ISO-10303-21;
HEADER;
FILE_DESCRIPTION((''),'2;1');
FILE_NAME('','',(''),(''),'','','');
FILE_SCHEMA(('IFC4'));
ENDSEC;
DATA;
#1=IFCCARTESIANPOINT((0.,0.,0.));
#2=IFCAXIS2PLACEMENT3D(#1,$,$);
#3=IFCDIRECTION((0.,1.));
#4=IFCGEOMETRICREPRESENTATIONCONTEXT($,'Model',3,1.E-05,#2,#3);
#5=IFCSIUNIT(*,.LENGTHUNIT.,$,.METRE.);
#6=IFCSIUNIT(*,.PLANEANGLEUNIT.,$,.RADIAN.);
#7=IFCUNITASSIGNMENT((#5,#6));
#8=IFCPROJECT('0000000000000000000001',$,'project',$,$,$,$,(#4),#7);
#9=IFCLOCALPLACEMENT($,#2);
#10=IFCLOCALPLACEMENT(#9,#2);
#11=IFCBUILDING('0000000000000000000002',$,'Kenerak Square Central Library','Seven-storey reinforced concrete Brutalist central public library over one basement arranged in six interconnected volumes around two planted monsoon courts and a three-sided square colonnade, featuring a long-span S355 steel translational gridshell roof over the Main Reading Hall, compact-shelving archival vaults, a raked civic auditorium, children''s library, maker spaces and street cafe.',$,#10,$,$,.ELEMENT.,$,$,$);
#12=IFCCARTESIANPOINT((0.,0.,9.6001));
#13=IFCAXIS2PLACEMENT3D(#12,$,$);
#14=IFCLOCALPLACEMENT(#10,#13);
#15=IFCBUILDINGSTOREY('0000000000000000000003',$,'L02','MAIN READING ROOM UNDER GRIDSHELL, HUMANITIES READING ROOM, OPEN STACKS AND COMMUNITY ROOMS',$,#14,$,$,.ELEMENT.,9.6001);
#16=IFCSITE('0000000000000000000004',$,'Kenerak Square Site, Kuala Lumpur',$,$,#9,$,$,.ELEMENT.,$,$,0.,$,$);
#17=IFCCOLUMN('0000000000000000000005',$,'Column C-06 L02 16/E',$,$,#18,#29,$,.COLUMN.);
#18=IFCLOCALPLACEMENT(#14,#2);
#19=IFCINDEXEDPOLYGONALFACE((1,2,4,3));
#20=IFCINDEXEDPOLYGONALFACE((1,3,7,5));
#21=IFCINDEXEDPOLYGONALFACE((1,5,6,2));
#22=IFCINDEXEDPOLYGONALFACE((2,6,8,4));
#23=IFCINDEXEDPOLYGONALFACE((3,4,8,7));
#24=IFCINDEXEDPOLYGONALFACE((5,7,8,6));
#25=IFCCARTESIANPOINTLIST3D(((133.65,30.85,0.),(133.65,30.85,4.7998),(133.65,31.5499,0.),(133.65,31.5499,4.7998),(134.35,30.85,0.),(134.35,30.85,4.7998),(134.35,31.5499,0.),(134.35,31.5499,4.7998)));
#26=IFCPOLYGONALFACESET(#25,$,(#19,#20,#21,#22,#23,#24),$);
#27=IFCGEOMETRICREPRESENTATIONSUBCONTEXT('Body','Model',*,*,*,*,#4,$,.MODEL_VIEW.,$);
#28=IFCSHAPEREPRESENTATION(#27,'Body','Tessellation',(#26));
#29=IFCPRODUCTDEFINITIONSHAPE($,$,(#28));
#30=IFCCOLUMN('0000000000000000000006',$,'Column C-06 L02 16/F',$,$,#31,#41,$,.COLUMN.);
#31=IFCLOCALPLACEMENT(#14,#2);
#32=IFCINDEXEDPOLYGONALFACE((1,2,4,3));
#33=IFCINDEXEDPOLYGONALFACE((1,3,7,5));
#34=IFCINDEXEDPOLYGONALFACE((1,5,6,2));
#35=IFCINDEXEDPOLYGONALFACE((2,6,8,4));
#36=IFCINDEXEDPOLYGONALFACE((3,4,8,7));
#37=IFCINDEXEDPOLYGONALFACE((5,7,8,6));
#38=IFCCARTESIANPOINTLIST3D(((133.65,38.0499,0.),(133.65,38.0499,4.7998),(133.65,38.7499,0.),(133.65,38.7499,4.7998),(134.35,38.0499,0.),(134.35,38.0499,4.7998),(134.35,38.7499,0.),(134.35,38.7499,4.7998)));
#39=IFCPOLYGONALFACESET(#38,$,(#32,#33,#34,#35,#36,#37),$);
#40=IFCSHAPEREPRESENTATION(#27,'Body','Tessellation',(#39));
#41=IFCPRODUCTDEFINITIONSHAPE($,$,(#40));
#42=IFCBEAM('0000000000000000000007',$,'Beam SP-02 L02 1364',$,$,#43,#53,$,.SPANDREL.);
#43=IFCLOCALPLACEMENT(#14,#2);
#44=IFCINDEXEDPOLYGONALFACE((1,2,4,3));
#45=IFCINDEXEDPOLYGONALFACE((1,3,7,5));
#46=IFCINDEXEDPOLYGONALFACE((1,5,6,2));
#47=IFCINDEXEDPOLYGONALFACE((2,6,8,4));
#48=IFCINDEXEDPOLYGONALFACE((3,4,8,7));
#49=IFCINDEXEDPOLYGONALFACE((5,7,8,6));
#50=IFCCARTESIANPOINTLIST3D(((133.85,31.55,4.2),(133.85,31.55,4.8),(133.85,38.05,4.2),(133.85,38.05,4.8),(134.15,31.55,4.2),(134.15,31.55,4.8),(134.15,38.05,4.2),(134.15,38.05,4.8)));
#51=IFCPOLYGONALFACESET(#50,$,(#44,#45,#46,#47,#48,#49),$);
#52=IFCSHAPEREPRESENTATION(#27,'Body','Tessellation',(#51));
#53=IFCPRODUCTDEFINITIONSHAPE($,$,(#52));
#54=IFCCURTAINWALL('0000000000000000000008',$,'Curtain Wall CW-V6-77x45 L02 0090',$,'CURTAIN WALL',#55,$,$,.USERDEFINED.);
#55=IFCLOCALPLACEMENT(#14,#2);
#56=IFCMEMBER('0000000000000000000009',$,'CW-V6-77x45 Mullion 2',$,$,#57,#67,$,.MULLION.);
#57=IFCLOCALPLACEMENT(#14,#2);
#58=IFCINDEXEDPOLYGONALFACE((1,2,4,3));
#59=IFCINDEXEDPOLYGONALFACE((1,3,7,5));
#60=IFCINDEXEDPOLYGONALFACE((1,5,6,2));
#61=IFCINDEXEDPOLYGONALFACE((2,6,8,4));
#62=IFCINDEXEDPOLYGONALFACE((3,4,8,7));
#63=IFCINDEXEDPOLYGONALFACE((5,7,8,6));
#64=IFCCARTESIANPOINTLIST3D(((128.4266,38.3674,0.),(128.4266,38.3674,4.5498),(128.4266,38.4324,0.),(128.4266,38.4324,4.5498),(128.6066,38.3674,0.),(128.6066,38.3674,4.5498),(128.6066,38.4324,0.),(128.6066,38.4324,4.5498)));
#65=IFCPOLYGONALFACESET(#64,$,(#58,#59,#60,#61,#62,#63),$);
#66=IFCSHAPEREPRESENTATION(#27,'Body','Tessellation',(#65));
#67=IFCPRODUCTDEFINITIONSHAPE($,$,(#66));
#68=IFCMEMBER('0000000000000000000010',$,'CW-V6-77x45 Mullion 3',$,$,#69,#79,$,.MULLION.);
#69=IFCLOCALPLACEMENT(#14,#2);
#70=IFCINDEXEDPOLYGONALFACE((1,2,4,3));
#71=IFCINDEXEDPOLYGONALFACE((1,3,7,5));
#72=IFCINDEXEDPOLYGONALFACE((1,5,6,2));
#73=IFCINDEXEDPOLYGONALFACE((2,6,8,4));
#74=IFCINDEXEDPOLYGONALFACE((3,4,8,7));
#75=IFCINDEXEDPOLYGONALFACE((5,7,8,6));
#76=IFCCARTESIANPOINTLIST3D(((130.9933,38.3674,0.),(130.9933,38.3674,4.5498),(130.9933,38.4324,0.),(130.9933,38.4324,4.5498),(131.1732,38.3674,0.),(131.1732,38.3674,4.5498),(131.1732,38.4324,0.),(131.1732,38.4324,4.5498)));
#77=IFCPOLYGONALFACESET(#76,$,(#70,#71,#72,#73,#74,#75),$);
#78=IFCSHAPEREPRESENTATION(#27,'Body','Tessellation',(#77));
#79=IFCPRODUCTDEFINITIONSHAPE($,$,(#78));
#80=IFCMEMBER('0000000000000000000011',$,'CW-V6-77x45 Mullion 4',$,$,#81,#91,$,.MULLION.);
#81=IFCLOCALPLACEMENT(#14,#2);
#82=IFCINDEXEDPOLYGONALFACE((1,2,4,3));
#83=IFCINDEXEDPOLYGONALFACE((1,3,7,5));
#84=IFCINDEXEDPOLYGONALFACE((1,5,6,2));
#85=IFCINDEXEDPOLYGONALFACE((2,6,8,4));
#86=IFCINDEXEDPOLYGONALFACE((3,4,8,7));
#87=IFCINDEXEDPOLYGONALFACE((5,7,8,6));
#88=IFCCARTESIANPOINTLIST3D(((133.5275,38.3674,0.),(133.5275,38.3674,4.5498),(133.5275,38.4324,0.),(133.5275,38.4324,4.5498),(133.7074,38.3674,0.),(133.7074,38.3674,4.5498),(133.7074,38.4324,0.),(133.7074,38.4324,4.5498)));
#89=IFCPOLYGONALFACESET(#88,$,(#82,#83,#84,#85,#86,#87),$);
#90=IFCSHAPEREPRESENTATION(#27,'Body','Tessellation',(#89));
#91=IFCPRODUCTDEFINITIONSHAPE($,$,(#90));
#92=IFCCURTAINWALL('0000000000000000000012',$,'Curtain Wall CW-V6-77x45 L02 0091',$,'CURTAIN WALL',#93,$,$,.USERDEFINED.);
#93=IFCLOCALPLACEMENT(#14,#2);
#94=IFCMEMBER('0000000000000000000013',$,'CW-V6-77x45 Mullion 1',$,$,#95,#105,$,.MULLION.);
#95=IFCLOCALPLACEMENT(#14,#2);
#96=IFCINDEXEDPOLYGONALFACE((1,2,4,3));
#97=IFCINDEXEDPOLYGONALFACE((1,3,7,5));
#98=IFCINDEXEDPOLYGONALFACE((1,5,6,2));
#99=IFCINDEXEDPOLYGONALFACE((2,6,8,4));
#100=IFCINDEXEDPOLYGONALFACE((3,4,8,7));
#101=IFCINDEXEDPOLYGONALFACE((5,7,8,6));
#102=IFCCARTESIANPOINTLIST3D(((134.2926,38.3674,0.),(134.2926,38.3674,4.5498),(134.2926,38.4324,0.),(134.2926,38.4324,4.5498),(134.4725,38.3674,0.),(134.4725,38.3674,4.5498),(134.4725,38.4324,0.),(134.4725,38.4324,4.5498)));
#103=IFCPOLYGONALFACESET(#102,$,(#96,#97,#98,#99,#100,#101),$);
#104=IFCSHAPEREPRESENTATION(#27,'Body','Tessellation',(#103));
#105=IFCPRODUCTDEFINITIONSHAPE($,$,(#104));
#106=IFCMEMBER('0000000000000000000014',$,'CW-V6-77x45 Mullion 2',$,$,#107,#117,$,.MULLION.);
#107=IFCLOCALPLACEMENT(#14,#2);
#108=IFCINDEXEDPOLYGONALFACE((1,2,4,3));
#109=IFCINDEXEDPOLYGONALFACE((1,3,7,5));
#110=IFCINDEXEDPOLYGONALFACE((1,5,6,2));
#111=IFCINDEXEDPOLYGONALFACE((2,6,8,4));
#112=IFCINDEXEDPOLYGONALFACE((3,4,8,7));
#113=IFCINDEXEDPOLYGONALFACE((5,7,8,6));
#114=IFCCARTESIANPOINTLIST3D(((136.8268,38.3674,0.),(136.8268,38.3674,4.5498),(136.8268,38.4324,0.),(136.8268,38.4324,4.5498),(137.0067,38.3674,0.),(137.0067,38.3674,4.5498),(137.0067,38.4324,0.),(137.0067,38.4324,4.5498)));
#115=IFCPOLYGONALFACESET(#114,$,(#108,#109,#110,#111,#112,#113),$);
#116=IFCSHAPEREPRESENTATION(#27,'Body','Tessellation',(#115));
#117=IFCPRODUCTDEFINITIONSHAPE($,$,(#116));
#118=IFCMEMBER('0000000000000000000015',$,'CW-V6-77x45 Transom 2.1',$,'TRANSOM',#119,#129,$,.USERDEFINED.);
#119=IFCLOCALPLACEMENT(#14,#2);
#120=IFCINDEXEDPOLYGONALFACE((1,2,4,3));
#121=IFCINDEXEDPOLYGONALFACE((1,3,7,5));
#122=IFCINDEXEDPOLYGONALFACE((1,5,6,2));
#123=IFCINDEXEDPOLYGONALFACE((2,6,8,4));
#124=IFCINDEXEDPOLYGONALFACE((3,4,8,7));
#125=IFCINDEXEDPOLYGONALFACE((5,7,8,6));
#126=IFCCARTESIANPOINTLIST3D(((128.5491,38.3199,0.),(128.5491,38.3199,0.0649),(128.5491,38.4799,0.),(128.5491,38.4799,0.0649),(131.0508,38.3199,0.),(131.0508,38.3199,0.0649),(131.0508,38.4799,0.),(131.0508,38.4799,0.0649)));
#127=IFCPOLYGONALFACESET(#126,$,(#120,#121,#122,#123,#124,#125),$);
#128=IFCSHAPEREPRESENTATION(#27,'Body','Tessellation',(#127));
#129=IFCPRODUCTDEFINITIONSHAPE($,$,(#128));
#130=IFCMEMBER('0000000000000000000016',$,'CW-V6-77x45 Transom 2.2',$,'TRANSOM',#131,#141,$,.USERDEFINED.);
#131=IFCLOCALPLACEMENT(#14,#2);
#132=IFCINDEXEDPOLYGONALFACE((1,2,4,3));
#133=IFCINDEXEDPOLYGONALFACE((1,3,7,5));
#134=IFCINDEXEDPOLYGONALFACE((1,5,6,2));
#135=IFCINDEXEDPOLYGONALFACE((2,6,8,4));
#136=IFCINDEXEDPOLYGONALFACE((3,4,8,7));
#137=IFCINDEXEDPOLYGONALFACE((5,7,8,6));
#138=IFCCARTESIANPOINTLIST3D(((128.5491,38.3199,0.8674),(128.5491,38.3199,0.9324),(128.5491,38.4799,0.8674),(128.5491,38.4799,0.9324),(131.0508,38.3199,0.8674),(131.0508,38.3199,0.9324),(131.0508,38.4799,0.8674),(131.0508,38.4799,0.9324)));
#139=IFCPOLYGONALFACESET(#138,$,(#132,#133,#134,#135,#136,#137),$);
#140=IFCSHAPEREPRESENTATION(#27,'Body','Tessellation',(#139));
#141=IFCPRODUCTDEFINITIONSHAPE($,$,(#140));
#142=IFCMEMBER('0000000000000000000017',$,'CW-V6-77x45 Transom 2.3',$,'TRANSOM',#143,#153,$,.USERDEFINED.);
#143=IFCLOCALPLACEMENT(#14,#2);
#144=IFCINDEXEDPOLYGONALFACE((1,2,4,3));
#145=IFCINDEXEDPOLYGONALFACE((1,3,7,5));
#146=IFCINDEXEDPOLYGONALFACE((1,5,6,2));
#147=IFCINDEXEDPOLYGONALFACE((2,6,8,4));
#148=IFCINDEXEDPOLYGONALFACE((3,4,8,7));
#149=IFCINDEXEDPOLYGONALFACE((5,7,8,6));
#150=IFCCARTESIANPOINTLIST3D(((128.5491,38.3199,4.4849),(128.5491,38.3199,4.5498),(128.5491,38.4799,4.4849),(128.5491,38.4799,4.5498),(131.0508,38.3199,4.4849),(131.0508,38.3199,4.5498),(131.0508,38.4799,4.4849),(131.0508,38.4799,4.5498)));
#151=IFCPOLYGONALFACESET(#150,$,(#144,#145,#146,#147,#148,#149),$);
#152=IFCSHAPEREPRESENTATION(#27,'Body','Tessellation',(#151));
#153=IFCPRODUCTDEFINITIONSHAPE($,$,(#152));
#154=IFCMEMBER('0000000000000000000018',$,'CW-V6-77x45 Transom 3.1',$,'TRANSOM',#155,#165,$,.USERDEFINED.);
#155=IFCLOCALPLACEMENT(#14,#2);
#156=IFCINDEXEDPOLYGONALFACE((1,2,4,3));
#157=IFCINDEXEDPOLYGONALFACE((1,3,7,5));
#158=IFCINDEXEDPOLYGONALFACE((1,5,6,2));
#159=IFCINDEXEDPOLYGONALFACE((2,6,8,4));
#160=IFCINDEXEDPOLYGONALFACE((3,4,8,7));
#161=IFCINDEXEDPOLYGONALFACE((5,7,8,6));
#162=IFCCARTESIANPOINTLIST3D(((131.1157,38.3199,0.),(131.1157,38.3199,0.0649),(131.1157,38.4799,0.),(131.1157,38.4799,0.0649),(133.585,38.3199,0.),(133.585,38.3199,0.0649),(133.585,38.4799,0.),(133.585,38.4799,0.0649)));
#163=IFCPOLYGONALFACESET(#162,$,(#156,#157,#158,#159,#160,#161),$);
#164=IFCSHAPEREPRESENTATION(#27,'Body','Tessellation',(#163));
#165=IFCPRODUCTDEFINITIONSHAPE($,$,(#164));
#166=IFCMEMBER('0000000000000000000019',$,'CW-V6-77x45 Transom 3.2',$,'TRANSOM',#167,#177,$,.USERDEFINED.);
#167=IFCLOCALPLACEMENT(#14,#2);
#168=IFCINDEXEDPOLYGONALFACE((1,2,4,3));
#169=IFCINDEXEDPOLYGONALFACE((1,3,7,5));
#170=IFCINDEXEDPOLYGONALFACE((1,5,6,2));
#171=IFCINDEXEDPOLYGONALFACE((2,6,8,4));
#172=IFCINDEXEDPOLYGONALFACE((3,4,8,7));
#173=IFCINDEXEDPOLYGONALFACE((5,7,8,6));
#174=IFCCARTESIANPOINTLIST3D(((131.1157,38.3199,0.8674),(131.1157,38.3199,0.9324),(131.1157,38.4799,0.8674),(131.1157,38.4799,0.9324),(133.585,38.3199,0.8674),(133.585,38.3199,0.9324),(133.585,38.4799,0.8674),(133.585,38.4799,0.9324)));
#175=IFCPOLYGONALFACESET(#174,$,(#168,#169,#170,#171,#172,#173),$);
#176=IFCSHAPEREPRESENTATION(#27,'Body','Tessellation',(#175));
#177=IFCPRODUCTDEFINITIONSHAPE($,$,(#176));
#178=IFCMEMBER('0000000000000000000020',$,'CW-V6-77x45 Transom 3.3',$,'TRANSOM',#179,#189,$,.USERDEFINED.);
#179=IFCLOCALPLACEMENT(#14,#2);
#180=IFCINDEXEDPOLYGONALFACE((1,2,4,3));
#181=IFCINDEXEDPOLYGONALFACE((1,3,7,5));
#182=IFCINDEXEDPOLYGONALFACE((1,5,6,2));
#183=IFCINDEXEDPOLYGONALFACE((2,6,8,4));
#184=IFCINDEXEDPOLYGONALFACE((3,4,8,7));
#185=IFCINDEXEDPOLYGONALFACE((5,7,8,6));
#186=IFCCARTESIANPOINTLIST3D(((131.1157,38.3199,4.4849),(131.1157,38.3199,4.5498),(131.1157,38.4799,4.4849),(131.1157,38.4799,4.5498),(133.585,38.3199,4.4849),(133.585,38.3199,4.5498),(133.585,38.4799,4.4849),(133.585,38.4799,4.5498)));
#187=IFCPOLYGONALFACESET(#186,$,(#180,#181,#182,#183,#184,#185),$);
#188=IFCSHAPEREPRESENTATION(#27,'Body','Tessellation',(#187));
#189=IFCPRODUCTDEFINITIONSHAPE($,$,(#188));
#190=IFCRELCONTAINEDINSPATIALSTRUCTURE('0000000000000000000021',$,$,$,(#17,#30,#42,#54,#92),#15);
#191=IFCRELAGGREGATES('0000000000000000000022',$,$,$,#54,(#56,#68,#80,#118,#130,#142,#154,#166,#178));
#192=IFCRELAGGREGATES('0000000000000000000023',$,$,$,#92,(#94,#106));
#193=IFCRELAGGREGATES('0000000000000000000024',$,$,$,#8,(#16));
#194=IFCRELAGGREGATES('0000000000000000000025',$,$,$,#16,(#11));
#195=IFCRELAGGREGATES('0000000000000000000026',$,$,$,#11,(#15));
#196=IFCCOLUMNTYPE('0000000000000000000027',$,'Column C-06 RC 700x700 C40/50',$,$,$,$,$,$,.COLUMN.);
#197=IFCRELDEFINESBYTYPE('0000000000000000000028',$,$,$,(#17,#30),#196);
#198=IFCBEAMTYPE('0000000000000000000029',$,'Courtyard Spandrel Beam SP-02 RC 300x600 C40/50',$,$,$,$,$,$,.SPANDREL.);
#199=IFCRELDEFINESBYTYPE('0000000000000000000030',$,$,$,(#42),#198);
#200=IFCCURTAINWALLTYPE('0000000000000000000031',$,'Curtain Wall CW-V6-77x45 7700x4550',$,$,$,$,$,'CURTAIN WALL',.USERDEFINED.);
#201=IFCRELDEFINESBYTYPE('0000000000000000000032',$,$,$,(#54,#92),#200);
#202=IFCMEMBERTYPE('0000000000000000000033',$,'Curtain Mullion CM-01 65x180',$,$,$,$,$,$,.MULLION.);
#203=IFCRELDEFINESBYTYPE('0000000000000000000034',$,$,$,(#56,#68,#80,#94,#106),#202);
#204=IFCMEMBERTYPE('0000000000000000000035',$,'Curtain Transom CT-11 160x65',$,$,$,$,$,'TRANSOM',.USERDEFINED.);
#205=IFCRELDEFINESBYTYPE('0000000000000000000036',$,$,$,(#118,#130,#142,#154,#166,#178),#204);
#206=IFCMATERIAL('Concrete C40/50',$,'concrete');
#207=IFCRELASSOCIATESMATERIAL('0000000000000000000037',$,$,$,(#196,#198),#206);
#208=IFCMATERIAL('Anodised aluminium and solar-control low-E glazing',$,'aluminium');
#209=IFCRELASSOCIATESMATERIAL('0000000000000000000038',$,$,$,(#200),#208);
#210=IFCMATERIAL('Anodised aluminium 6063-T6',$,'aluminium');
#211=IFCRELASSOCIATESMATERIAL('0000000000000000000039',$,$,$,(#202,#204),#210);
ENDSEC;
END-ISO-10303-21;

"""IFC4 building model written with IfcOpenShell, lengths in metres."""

from ifc_helpers import new_model, si_unit, direction, frame, origin, origin_2d, place, context, subcontext, project, spatial, rectangle, extrude, material, material_profile, profile_set, type_object, element, aggregate, save


model = new_model("IFC4")

# Units and contexts
model_context = context("Model", 3, precision=1e-05, world=origin(), true_north=direction((0.0, 1.0)))
body_context = subcontext(model_context, "Body", "Model", "MODEL_VIEW")
ifc_project = project(units=[si_unit("LENGTHUNIT", "METRE"), si_unit("PLANEANGLEUNIT", "RADIAN")], contexts=[model_context])

# Site, building, storey
site_placement = place(None, origin())
site = spatial("IfcSite", under=ifc_project, at=site_placement, Name="Kenerak Square Site, Kuala Lumpur", CompositionType="ELEMENT", RefElevation=0.0)
building_placement = place(site_placement, origin())
building = spatial("IfcBuilding", under=site, at=building_placement, Name="Kenerak Square Central Library", Description="Seven-storey reinforced concrete Brutalist central public library over one basement arranged in six interconnected volumes around two planted monsoon courts and a three-sided square colonnade, featuring a long-span S355 steel translational gridshell roof over the Main Reading Hall, compact-shelving archival vaults, a raked civic auditorium, children's library, maker spaces and street cafe.", CompositionType="ELEMENT")
storey_placement = place(building_placement, frame((0.0, 0.0, 9.6001)))
storey = spatial("IfcBuildingStorey", under=building, at=storey_placement, Name="L02", Description="MAIN READING ROOM UNDER GRIDSHELL, HUMANITIES READING ROOM, OPEN STACKS AND COMMUNITY ROOMS", CompositionType="ELEMENT", Elevation=9.6001)

# Columns
ifc_material_1 = material(Name="Concrete C40/50", Category="concrete")
ifc_material_profile_1 = material_profile(ifc_material_1, rectangle(XDim=0.7, YDim=0.7, at=origin_2d()), Name="RC 700x700")
ifc_profile_set_1 = profile_set([ifc_material_profile_1], Name="Concrete C40/50")
column_type = type_object("IfcColumnType", Name="Column C-06 RC 700x700 C40/50", PredefinedType="COLUMN", material=ifc_profile_set_1)
for number, where, z_axis, x_axis, name in (
    (1, (134.0, 31.2, 0.0), (0.0, 0.0, 1.0), (1.0, 0.0, 0.0), "Column C-06 L02 16/E"),
    (2, (134.0, 38.3999, 0.0), (0.0, 0.0, 1.0), (1.0, 0.0, 0.0), "Column C-06 L02 16/F"),
):
    element("IfcColumn", number, at=place(storey_placement, frame(where, z_axis=z_axis, x_axis=x_axis)), inside=storey, type_object=column_type, Name=name, PredefinedType="COLUMN", context=body_context, shape_type="SweptSolid", body=[
        extrude(rectangle(XDim=0.7, YDim=0.7, at=origin_2d()), origin(), (0.0, 0.0, 1.0), 4.7998),
    ])

# Beam
ifc_material_profile_2 = material_profile(ifc_material_1, rectangle(XDim=0.3, YDim=0.6001, at=origin_2d()), Name="RC 300x600")
ifc_profile_set_2 = profile_set([ifc_material_profile_2], Name="Concrete C40/50")
beam_type_1 = type_object("IfcBeamType", Name="Courtyard Spandrel Beam SP-02 RC 300x600 C40/50", PredefinedType="SPANDREL", material=ifc_profile_set_2)
beam_1_placement = place(storey_placement, frame((134.0, 31.55, 4.5), z_axis=(0.0, 1.0, 0.0), x_axis=(-1.0, 0.0, 0.0)))
element("IfcBeam", 3, at=beam_1_placement, inside=storey, type_object=beam_type_1, Name="Beam SP-02 L02 1364", PredefinedType="SPANDREL", context=body_context, shape_type="SweptSolid", body=[
    extrude(rectangle(XDim=0.3, YDim=0.6001, at=origin_2d()), origin(), (0.0, 0.0, 1.0), 6.5),
])

# Curtain walls, members
ifc_material_2 = material(Name="Anodised aluminium and solar-control low-E glazing", Category="aluminium")
curtain_wall_type = type_object("IfcCurtainWallType", Name="Curtain Wall CW-V6-77x45 7700x4550", ElementType="CURTAIN WALL", PredefinedType="USERDEFINED", material=ifc_material_2)
curtain_wall_1_placement = place(storey_placement, origin())
curtain_wall_1 = element("IfcCurtainWall", 4, at=curtain_wall_1_placement, inside=storey, type_object=curtain_wall_type, Name="Curtain Wall CW-V6-77x45 L02 0090", ObjectType="CURTAIN WALL", PredefinedType="USERDEFINED")
ifc_material_3 = material(Name="Anodised aluminium 6063-T6", Category="aluminium")
ifc_material_profile_3 = material_profile(ifc_material_3, rectangle(XDim=0.0649, YDim=0.1799, at=origin_2d()), Name="AL MULLION 65x180")
ifc_profile_set_3 = profile_set([ifc_material_profile_3], Name="Anodised aluminium 6063-T6")
member_type_1 = type_object("IfcMemberType", Name="Curtain Mullion CM-01 65x180", PredefinedType="MULLION", material=ifc_profile_set_3)
member_1_placement = place(storey_placement, frame((128.5166, 38.3999, 0.0), z_axis=(0.0, 0.0, 1.0), x_axis=(0.0, 1.0, 0.0)))
member_1 = element("IfcMember", 5, at=member_1_placement, type_object=member_type_1, Name="CW-V6-77x45 Mullion 2", PredefinedType="MULLION", context=body_context, shape_type="SweptSolid", body=[
    extrude(rectangle(XDim=0.0649, YDim=0.1799, at=origin_2d()), origin(), (0.0, 0.0, 1.0), 4.5498),
])
member_2_placement = place(storey_placement, frame((131.0833, 38.3999, 0.0), z_axis=(0.0, 0.0, 1.0), x_axis=(0.0, 1.0, 0.0)))
member_2 = element("IfcMember", 6, at=member_2_placement, type_object=member_type_1, Name="CW-V6-77x45 Mullion 3", PredefinedType="MULLION", context=body_context, shape_type="SweptSolid", body=[
    extrude(rectangle(XDim=0.0649, YDim=0.1799, at=origin_2d()), origin(), (0.0, 0.0, 1.0), 4.5498),
])
member_3_placement = place(storey_placement, frame((133.6174, 38.3999, 0.0), z_axis=(0.0, 0.0, 1.0), x_axis=(0.0, 1.0, 0.0)))
member_3 = element("IfcMember", 7, at=member_3_placement, type_object=member_type_1, Name="CW-V6-77x45 Mullion 4", PredefinedType="MULLION", context=body_context, shape_type="SweptSolid", body=[
    extrude(rectangle(XDim=0.0649, YDim=0.1799, at=origin_2d()), origin(), (0.0, 0.0, 1.0), 4.5498),
])
curtain_wall_2_placement = place(storey_placement, origin())
curtain_wall_2 = element("IfcCurtainWall", 8, at=curtain_wall_2_placement, inside=storey, type_object=curtain_wall_type, Name="Curtain Wall CW-V6-77x45 L02 0091", ObjectType="CURTAIN WALL", PredefinedType="USERDEFINED")
member_4_placement = place(storey_placement, frame((134.3826, 38.3999, 0.0), z_axis=(0.0, 0.0, 1.0), x_axis=(0.0, 1.0, 0.0)))
member_4 = element("IfcMember", 9, at=member_4_placement, type_object=member_type_1, Name="CW-V6-77x45 Mullion 1", PredefinedType="MULLION", context=body_context, shape_type="SweptSolid", body=[
    extrude(rectangle(XDim=0.0649, YDim=0.1799, at=origin_2d()), origin(), (0.0, 0.0, 1.0), 4.5498),
])
member_5_placement = place(storey_placement, frame((136.9167, 38.3999, 0.0), z_axis=(0.0, 0.0, 1.0), x_axis=(0.0, 1.0, 0.0)))
member_5 = element("IfcMember", 10, at=member_5_placement, type_object=member_type_1, Name="CW-V6-77x45 Mullion 2", PredefinedType="MULLION", context=body_context, shape_type="SweptSolid", body=[
    extrude(rectangle(XDim=0.0649, YDim=0.1799, at=origin_2d()), origin(), (0.0, 0.0, 1.0), 4.5498),
])

# Members
ifc_material_profile_4 = material_profile(ifc_material_3, rectangle(XDim=0.1599, YDim=0.0649, at=origin_2d()), Name="AL TRANSOM 160x65")
ifc_profile_set_4 = profile_set([ifc_material_profile_4], Name="Anodised aluminium 6063-T6")
member_type_2 = type_object("IfcMemberType", Name="Curtain Transom CT-11 160x65", ElementType="TRANSOM", PredefinedType="USERDEFINED", material=ifc_profile_set_4)
member_6_placement = place(storey_placement, frame((128.5491, 38.3999, 0.0325), z_axis=(1.0, 0.0, 0.0), x_axis=(0.0, 1.0, 0.0)))
member_6 = element("IfcMember", 11, at=member_6_placement, type_object=member_type_2, Name="CW-V6-77x45 Transom 2.1", ObjectType="TRANSOM", PredefinedType="USERDEFINED", context=body_context, shape_type="SweptSolid", body=[
    extrude(rectangle(XDim=0.1599, YDim=0.0649, at=origin_2d()), origin(), (0.0, 0.0, 1.0), 2.5017),
])
member_7_placement = place(storey_placement, frame((128.5491, 38.3999, 0.8999), z_axis=(1.0, 0.0, 0.0), x_axis=(0.0, 1.0, 0.0)))
member_7 = element("IfcMember", 12, at=member_7_placement, type_object=member_type_2, Name="CW-V6-77x45 Transom 2.2", ObjectType="TRANSOM", PredefinedType="USERDEFINED", context=body_context, shape_type="SweptSolid", body=[
    extrude(rectangle(XDim=0.1599, YDim=0.0649, at=origin_2d()), origin(), (0.0, 0.0, 1.0), 2.5017),
])
member_8_placement = place(storey_placement, frame((128.5491, 38.3999, 4.5173), z_axis=(1.0, 0.0, 0.0), x_axis=(0.0, 1.0, 0.0)))
member_8 = element("IfcMember", 13, at=member_8_placement, type_object=member_type_2, Name="CW-V6-77x45 Transom 2.3", ObjectType="TRANSOM", PredefinedType="USERDEFINED", context=body_context, shape_type="SweptSolid", body=[
    extrude(rectangle(XDim=0.1599, YDim=0.0649, at=origin_2d()), origin(), (0.0, 0.0, 1.0), 2.5017),
])
member_9_placement = place(storey_placement, frame((131.1157, 38.3999, 0.0325), z_axis=(1.0, 0.0, 0.0), x_axis=(0.0, 1.0, 0.0)))
member_9 = element("IfcMember", 14, at=member_9_placement, type_object=member_type_2, Name="CW-V6-77x45 Transom 3.1", ObjectType="TRANSOM", PredefinedType="USERDEFINED", context=body_context, shape_type="SweptSolid", body=[
    extrude(rectangle(XDim=0.1599, YDim=0.0649, at=origin_2d()), origin(), (0.0, 0.0, 1.0), 2.4692),
])
member_10_placement = place(storey_placement, frame((131.1157, 38.3999, 0.8999), z_axis=(1.0, 0.0, 0.0), x_axis=(0.0, 1.0, 0.0)))
member_10 = element("IfcMember", 15, at=member_10_placement, type_object=member_type_2, Name="CW-V6-77x45 Transom 3.2", ObjectType="TRANSOM", PredefinedType="USERDEFINED", context=body_context, shape_type="SweptSolid", body=[
    extrude(rectangle(XDim=0.1599, YDim=0.0649, at=origin_2d()), origin(), (0.0, 0.0, 1.0), 2.4692),
])
member_11_placement = place(storey_placement, frame((131.1157, 38.3999, 4.5173), z_axis=(1.0, 0.0, 0.0), x_axis=(0.0, 1.0, 0.0)))
member_11 = element("IfcMember", 16, at=member_11_placement, type_object=member_type_2, Name="CW-V6-77x45 Transom 3.3", ObjectType="TRANSOM", PredefinedType="USERDEFINED", context=body_context, shape_type="SweptSolid", body=[
    extrude(rectangle(XDim=0.1599, YDim=0.0649, at=origin_2d()), origin(), (0.0, 0.0, 1.0), 2.4692),
])

aggregate(curtain_wall_1, [member_1, member_2, member_3, member_6, member_7, member_8, member_9, member_10, member_11])
aggregate(curtain_wall_2, [member_4, member_5])

save(model, "model.ifc")
